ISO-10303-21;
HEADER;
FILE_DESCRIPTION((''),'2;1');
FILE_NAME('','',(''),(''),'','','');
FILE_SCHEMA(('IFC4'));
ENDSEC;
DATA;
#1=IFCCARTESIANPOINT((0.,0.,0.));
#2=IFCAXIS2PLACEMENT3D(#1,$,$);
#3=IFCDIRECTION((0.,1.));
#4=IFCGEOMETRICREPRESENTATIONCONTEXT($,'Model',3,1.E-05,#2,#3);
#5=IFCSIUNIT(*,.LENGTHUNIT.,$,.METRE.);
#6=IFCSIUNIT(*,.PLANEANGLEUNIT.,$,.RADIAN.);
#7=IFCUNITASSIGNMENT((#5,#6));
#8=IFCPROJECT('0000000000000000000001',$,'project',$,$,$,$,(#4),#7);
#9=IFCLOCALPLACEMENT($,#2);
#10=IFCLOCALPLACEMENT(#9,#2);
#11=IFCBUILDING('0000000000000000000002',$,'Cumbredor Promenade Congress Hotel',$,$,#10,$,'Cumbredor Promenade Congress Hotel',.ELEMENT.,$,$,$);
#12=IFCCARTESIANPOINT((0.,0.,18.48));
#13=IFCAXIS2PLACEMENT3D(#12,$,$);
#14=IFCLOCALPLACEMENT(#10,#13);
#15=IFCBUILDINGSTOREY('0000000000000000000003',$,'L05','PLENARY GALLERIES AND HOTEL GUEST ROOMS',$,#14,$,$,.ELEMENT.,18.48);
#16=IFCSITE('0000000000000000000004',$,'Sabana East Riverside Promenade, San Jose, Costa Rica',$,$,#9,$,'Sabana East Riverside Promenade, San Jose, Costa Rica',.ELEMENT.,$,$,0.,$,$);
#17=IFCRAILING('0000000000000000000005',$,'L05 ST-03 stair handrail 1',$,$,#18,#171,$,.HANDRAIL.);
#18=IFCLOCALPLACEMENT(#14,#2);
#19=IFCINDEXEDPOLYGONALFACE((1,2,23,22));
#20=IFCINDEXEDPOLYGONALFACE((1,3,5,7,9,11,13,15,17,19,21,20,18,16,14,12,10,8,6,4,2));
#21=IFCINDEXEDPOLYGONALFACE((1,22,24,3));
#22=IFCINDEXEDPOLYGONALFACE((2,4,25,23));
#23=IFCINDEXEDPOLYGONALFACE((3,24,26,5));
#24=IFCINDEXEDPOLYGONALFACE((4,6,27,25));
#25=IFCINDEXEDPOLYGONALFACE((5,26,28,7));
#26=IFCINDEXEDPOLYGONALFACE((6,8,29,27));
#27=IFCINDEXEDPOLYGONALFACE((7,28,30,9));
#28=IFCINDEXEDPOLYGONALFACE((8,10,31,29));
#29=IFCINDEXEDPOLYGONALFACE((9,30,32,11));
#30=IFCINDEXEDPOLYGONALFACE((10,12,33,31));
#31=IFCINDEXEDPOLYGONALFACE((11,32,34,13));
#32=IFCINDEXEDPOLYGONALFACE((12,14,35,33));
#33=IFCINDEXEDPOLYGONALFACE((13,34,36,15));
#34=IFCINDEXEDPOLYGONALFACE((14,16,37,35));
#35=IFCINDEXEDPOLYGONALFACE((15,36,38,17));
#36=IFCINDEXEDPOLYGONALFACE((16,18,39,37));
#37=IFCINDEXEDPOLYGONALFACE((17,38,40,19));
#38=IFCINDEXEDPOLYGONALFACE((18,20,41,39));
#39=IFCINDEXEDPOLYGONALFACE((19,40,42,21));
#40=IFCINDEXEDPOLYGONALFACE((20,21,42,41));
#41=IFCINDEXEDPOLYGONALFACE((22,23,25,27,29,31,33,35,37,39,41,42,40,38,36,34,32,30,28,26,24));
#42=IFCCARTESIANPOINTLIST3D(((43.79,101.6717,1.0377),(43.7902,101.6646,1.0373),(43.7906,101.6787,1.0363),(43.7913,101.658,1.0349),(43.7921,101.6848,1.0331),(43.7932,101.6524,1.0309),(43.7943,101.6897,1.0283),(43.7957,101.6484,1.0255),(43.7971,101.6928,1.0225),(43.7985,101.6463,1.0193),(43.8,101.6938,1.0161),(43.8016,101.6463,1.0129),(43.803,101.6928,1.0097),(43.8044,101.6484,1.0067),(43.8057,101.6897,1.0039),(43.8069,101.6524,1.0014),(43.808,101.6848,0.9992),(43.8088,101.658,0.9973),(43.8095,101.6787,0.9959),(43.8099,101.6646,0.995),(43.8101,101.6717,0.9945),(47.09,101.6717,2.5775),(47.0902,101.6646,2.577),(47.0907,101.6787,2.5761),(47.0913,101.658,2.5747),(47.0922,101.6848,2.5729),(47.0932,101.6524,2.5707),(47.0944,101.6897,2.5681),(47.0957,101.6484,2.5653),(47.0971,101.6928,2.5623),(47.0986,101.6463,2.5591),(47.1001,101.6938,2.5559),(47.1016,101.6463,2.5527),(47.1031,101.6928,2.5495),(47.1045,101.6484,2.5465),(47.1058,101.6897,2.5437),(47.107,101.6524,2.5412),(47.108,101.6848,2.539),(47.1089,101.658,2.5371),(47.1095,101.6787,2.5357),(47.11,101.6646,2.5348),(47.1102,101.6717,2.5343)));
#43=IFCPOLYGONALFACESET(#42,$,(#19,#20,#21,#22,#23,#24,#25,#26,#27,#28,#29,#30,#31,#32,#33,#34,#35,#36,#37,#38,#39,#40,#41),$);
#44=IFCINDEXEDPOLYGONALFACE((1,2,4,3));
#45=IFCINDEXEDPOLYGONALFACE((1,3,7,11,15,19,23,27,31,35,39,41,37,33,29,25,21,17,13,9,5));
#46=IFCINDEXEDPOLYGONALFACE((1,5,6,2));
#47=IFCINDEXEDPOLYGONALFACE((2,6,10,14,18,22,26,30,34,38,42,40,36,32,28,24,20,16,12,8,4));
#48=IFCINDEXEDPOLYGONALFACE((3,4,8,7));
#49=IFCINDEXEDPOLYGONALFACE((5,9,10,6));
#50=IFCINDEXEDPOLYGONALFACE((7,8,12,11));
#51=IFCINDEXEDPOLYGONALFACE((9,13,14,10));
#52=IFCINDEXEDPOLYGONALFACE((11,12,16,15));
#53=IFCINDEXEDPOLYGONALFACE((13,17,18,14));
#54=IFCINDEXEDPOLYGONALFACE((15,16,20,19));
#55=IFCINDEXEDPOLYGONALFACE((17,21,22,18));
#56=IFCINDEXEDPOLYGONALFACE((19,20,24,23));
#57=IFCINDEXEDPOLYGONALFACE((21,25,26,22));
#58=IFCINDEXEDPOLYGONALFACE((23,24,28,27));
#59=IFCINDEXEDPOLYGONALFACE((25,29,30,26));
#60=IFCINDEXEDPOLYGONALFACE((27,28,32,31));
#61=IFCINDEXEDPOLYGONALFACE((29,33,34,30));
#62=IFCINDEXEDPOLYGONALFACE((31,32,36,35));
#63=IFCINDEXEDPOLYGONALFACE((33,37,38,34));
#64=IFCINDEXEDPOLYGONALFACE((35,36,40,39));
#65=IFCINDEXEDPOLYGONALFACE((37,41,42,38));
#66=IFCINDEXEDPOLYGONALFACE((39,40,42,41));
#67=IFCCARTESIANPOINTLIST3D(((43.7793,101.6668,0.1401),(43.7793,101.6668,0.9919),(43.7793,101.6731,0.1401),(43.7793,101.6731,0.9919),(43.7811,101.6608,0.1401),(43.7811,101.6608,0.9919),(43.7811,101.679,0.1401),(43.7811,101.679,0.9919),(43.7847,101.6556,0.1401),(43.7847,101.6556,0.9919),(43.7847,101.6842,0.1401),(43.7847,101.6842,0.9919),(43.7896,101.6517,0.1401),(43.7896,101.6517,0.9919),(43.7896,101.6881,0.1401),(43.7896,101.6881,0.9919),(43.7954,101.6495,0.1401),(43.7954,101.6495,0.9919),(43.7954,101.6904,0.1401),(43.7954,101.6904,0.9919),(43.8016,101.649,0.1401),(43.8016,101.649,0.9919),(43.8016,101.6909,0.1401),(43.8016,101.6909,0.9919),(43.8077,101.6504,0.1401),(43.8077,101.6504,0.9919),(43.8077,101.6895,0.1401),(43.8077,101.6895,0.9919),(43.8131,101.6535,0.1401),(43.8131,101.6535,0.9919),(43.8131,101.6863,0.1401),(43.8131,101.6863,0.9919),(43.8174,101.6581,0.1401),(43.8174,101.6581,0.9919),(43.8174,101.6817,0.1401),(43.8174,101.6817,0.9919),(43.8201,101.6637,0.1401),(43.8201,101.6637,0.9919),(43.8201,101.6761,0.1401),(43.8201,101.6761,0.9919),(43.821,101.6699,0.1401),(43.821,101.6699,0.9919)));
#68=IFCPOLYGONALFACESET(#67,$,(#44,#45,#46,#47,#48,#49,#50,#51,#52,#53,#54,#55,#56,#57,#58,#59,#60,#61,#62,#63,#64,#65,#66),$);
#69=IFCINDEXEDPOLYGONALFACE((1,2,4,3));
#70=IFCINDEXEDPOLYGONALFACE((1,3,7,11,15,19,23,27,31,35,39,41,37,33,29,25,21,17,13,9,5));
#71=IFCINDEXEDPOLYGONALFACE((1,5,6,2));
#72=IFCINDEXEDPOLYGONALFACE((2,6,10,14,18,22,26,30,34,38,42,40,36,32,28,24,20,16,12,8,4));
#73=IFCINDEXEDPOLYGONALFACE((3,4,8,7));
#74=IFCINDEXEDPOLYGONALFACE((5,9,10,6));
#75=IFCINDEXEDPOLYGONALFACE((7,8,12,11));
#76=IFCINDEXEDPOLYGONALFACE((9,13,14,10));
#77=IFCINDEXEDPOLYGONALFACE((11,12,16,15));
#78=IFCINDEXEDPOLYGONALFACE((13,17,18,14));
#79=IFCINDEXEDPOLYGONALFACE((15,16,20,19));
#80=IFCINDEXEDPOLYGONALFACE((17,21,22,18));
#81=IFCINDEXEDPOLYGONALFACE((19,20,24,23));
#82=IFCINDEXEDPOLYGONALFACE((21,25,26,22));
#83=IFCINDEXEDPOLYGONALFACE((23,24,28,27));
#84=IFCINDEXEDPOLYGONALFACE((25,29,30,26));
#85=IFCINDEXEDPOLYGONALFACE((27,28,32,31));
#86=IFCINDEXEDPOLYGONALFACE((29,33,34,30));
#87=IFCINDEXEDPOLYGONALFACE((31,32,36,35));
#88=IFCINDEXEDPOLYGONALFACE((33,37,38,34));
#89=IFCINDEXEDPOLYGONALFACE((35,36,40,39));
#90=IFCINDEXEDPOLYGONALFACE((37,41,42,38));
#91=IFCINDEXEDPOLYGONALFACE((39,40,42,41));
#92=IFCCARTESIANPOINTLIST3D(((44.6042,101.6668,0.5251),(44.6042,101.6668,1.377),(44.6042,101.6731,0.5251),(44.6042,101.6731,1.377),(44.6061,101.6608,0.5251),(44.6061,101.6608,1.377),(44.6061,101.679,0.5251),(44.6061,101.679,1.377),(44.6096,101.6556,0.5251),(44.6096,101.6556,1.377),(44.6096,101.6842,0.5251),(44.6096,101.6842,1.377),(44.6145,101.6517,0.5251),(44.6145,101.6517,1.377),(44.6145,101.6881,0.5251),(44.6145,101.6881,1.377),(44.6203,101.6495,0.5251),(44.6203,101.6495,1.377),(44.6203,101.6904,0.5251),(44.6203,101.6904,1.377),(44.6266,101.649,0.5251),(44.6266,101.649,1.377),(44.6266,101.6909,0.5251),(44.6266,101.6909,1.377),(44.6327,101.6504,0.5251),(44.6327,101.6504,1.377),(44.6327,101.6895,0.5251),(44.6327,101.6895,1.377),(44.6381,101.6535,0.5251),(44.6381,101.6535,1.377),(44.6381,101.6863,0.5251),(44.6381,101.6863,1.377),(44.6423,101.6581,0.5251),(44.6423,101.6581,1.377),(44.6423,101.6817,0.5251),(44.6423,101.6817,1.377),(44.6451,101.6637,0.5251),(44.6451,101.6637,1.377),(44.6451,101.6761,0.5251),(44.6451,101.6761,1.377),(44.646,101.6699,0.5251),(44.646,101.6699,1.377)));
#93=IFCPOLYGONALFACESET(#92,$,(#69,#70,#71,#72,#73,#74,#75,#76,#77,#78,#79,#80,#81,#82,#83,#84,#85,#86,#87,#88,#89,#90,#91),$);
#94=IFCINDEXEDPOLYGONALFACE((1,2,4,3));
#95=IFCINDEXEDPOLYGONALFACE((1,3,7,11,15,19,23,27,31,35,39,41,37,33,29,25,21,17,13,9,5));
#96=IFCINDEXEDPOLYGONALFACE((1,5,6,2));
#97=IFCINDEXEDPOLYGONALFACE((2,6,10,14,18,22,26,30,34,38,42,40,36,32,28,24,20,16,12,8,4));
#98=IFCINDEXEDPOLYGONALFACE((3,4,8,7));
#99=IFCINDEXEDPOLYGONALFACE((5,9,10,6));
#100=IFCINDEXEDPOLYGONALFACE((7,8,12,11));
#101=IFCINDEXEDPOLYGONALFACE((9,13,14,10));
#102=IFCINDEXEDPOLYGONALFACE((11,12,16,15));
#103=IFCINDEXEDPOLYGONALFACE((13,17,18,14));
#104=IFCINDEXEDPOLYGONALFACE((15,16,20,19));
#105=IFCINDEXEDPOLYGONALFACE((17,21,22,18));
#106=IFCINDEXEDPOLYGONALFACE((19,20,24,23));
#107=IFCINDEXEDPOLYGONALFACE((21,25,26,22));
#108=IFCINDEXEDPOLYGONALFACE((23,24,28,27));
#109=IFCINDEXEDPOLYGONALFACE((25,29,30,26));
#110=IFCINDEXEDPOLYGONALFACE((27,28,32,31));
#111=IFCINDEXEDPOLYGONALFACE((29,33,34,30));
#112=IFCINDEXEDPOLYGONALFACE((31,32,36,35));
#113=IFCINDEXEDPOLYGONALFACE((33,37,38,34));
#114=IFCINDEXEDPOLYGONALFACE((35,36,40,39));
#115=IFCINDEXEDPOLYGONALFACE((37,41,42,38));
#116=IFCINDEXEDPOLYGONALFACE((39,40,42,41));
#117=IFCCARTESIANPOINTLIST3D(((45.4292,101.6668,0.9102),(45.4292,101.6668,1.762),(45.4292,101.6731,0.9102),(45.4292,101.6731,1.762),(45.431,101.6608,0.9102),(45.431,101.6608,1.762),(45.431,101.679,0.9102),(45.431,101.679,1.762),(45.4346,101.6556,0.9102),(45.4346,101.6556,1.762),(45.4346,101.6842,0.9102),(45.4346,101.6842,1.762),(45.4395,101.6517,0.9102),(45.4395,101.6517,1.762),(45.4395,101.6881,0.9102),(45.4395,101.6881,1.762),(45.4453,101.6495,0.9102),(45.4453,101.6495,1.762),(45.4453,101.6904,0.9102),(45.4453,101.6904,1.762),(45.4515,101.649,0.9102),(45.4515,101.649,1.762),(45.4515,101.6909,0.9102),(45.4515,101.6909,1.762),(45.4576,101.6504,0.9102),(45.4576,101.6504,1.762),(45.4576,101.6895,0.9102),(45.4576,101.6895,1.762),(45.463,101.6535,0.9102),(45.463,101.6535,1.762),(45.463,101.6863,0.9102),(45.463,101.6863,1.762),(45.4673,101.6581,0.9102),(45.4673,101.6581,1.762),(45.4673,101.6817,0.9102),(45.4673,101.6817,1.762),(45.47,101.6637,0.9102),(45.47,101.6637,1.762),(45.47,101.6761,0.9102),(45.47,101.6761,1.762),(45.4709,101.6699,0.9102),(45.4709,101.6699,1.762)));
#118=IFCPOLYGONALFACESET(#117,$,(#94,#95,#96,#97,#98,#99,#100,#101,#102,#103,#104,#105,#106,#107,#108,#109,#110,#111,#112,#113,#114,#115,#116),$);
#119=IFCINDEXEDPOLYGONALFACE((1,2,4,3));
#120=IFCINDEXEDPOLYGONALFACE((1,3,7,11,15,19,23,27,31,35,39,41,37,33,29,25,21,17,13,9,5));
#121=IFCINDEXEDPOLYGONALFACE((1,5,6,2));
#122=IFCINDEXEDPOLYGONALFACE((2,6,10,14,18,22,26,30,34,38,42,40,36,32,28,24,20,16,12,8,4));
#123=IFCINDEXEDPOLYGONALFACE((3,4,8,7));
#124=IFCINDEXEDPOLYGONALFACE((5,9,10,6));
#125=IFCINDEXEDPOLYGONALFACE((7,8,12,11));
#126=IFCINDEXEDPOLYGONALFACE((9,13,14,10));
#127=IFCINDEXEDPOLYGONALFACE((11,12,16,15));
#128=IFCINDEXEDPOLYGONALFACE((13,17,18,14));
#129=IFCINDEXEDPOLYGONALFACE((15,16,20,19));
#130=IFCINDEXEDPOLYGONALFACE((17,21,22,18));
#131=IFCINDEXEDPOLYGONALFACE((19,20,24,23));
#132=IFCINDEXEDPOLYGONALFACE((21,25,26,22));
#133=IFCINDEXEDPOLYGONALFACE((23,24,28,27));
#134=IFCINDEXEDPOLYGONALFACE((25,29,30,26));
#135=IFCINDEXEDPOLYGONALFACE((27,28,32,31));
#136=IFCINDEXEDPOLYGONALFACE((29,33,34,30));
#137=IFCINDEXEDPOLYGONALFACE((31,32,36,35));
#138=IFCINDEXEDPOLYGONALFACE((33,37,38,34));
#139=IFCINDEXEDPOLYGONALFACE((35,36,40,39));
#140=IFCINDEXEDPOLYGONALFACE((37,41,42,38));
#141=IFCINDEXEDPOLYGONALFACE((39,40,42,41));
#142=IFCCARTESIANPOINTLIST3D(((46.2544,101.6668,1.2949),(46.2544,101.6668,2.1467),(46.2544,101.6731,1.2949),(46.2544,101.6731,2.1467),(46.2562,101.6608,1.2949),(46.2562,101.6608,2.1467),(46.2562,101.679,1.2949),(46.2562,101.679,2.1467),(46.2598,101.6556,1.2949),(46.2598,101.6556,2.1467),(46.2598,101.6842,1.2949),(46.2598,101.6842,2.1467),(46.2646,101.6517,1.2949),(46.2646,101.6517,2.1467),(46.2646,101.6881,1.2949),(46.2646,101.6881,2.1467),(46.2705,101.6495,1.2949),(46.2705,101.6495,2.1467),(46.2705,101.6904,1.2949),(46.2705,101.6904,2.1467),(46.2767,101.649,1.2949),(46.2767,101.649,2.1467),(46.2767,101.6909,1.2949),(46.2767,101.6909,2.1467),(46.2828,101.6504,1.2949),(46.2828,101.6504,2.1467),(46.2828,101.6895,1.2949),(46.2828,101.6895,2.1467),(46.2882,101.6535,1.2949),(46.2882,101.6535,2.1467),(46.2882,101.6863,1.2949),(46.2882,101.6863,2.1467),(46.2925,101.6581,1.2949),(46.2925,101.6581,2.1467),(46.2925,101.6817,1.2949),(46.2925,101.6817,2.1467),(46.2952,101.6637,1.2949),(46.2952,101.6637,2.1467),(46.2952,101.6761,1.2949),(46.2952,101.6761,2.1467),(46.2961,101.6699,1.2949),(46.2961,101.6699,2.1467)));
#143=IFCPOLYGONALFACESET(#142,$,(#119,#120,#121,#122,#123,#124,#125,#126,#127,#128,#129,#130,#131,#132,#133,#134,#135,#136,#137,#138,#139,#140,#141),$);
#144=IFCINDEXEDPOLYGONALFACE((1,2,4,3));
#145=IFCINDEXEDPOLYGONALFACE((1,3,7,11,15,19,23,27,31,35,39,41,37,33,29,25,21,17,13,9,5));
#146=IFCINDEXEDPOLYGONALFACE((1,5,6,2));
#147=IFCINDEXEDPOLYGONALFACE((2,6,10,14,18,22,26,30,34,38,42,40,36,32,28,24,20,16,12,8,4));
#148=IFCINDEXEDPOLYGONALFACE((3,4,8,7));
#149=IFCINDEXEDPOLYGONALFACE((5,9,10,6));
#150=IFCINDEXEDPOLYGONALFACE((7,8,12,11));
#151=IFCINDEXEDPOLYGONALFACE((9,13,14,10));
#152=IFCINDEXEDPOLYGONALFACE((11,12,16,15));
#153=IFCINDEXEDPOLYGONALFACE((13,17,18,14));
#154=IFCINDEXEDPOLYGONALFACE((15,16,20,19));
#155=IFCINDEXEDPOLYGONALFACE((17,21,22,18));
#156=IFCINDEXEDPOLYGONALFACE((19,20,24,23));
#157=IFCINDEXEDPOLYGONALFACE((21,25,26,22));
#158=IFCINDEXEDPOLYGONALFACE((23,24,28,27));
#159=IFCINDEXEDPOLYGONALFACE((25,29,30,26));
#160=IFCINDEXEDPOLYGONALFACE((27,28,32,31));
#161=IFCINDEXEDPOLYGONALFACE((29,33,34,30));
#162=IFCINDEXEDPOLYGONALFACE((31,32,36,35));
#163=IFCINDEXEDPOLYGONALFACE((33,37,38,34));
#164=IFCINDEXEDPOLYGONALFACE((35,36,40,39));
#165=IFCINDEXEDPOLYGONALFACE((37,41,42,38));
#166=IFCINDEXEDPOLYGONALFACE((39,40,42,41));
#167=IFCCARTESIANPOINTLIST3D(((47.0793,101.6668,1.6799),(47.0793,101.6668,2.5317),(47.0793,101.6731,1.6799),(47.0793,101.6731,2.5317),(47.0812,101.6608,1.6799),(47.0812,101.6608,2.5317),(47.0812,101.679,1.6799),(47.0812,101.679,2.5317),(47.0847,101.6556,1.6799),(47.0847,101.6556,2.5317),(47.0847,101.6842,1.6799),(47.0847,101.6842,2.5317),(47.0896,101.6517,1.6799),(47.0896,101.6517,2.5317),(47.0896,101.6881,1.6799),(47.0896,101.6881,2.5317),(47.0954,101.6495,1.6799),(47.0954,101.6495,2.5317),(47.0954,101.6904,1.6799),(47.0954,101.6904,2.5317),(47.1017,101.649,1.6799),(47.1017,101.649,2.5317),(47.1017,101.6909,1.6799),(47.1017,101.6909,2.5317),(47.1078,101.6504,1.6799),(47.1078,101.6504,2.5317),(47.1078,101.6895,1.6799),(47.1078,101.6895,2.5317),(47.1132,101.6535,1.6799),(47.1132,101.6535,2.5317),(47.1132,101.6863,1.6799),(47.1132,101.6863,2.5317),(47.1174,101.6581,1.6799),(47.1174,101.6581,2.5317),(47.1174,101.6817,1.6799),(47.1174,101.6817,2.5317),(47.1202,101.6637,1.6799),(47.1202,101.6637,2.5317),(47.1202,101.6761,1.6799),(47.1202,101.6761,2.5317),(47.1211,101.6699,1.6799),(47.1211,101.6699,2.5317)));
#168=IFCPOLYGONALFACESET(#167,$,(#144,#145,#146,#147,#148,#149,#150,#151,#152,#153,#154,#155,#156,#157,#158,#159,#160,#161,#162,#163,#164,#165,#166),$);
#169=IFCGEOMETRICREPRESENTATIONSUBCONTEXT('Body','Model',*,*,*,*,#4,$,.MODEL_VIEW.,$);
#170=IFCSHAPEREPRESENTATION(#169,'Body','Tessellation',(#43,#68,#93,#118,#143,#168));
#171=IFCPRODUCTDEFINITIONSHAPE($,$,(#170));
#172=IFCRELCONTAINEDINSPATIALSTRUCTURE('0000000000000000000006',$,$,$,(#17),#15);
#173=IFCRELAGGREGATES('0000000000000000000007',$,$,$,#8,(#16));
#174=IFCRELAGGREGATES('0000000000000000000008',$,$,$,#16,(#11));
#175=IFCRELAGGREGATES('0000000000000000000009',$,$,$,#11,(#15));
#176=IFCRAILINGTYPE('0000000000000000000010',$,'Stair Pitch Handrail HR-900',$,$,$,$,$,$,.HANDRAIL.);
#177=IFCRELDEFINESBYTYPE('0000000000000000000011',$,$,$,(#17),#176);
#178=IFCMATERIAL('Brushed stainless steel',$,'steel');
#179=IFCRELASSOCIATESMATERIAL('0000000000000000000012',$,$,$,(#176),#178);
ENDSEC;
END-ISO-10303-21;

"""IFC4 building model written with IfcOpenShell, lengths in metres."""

from ifc_helpers import new_model, si_unit, direction, frame, origin, origin_2d, place, context, subcontext, project, spatial, circle, extrude, material, type_object, element, save


model = new_model("IFC4")

# Units and contexts
model_context = context("Model", 3, precision=1e-05, world=origin(), true_north=direction((0.0, 1.0)))
body_context = subcontext(model_context, "Body", "Model", "MODEL_VIEW")
ifc_project = project(units=[si_unit("LENGTHUNIT", "METRE"), si_unit("PLANEANGLEUNIT", "RADIAN")], contexts=[model_context])

# Site, building, storey
site_placement = place(None, origin())
site = spatial("IfcSite", under=ifc_project, at=site_placement, Name="Sabana East Riverside Promenade, San Jose, Costa Rica", LongName="Sabana East Riverside Promenade, San Jose, Costa Rica", CompositionType="ELEMENT", RefElevation=0.0)
building_placement = place(site_placement, origin())
building = spatial("IfcBuilding", under=site, at=building_placement, Name="Cumbredor Promenade Congress Hotel", LongName="Cumbredor Promenade Congress Hotel", CompositionType="ELEMENT")
storey_placement = place(building_placement, frame((0.0, 0.0, 18.48)))
storey = spatial("IfcBuildingStorey", under=building, at=storey_placement, Name="L05", Description="PLENARY GALLERIES AND HOTEL GUEST ROOMS", CompositionType="ELEMENT", Elevation=18.48)

# Railing
ifc_material_1 = material(Name="Brushed stainless steel", Category="steel")
railing_type = type_object("IfcRailingType", Name="Stair Pitch Handrail HR-900", PredefinedType="HANDRAIL", material=ifc_material_1)
railing_placement = place(storey_placement, frame((43.8, 101.6699, 0.1401)))
element("IfcRailing", 1, at=railing_placement, inside=storey, type_object=railing_type, Name="L05 ST-03 stair handrail 1", PredefinedType="HANDRAIL", context=body_context, shape_type="SweptSolid", body=[
    extrude(circle(Radius=0.0239, at=origin_2d()), frame((0.0, 0.0, 0.876), z_axis=(0.906207, 0.0, 0.422834), x_axis=(0.0, 1.0, 0.0)), (0.0, 0.0, 1.0), 3.6416),
    extrude(circle(Radius=0.021, at=origin_2d()), origin(), (0.0, 0.0, 1.0), 0.8518),
    extrude(circle(Radius=0.021, at=origin_2d()), frame((0.825, 0.0, 0.385)), (0.0, 0.0, 1.0), 0.8518),
    extrude(circle(Radius=0.021, at=origin_2d()), frame((1.6499, 0.0, 0.77)), (0.0, 0.0, 1.0), 0.8518),
    extrude(circle(Radius=0.021, at=origin_2d()), frame((2.4751, 0.0, 1.1548)), (0.0, 0.0, 1.0), 0.8518),
    extrude(circle(Radius=0.021, at=origin_2d()), frame((3.3, 0.0, 1.5398)), (0.0, 0.0, 1.0), 0.8518),
])

save(model, "model.ifc")
